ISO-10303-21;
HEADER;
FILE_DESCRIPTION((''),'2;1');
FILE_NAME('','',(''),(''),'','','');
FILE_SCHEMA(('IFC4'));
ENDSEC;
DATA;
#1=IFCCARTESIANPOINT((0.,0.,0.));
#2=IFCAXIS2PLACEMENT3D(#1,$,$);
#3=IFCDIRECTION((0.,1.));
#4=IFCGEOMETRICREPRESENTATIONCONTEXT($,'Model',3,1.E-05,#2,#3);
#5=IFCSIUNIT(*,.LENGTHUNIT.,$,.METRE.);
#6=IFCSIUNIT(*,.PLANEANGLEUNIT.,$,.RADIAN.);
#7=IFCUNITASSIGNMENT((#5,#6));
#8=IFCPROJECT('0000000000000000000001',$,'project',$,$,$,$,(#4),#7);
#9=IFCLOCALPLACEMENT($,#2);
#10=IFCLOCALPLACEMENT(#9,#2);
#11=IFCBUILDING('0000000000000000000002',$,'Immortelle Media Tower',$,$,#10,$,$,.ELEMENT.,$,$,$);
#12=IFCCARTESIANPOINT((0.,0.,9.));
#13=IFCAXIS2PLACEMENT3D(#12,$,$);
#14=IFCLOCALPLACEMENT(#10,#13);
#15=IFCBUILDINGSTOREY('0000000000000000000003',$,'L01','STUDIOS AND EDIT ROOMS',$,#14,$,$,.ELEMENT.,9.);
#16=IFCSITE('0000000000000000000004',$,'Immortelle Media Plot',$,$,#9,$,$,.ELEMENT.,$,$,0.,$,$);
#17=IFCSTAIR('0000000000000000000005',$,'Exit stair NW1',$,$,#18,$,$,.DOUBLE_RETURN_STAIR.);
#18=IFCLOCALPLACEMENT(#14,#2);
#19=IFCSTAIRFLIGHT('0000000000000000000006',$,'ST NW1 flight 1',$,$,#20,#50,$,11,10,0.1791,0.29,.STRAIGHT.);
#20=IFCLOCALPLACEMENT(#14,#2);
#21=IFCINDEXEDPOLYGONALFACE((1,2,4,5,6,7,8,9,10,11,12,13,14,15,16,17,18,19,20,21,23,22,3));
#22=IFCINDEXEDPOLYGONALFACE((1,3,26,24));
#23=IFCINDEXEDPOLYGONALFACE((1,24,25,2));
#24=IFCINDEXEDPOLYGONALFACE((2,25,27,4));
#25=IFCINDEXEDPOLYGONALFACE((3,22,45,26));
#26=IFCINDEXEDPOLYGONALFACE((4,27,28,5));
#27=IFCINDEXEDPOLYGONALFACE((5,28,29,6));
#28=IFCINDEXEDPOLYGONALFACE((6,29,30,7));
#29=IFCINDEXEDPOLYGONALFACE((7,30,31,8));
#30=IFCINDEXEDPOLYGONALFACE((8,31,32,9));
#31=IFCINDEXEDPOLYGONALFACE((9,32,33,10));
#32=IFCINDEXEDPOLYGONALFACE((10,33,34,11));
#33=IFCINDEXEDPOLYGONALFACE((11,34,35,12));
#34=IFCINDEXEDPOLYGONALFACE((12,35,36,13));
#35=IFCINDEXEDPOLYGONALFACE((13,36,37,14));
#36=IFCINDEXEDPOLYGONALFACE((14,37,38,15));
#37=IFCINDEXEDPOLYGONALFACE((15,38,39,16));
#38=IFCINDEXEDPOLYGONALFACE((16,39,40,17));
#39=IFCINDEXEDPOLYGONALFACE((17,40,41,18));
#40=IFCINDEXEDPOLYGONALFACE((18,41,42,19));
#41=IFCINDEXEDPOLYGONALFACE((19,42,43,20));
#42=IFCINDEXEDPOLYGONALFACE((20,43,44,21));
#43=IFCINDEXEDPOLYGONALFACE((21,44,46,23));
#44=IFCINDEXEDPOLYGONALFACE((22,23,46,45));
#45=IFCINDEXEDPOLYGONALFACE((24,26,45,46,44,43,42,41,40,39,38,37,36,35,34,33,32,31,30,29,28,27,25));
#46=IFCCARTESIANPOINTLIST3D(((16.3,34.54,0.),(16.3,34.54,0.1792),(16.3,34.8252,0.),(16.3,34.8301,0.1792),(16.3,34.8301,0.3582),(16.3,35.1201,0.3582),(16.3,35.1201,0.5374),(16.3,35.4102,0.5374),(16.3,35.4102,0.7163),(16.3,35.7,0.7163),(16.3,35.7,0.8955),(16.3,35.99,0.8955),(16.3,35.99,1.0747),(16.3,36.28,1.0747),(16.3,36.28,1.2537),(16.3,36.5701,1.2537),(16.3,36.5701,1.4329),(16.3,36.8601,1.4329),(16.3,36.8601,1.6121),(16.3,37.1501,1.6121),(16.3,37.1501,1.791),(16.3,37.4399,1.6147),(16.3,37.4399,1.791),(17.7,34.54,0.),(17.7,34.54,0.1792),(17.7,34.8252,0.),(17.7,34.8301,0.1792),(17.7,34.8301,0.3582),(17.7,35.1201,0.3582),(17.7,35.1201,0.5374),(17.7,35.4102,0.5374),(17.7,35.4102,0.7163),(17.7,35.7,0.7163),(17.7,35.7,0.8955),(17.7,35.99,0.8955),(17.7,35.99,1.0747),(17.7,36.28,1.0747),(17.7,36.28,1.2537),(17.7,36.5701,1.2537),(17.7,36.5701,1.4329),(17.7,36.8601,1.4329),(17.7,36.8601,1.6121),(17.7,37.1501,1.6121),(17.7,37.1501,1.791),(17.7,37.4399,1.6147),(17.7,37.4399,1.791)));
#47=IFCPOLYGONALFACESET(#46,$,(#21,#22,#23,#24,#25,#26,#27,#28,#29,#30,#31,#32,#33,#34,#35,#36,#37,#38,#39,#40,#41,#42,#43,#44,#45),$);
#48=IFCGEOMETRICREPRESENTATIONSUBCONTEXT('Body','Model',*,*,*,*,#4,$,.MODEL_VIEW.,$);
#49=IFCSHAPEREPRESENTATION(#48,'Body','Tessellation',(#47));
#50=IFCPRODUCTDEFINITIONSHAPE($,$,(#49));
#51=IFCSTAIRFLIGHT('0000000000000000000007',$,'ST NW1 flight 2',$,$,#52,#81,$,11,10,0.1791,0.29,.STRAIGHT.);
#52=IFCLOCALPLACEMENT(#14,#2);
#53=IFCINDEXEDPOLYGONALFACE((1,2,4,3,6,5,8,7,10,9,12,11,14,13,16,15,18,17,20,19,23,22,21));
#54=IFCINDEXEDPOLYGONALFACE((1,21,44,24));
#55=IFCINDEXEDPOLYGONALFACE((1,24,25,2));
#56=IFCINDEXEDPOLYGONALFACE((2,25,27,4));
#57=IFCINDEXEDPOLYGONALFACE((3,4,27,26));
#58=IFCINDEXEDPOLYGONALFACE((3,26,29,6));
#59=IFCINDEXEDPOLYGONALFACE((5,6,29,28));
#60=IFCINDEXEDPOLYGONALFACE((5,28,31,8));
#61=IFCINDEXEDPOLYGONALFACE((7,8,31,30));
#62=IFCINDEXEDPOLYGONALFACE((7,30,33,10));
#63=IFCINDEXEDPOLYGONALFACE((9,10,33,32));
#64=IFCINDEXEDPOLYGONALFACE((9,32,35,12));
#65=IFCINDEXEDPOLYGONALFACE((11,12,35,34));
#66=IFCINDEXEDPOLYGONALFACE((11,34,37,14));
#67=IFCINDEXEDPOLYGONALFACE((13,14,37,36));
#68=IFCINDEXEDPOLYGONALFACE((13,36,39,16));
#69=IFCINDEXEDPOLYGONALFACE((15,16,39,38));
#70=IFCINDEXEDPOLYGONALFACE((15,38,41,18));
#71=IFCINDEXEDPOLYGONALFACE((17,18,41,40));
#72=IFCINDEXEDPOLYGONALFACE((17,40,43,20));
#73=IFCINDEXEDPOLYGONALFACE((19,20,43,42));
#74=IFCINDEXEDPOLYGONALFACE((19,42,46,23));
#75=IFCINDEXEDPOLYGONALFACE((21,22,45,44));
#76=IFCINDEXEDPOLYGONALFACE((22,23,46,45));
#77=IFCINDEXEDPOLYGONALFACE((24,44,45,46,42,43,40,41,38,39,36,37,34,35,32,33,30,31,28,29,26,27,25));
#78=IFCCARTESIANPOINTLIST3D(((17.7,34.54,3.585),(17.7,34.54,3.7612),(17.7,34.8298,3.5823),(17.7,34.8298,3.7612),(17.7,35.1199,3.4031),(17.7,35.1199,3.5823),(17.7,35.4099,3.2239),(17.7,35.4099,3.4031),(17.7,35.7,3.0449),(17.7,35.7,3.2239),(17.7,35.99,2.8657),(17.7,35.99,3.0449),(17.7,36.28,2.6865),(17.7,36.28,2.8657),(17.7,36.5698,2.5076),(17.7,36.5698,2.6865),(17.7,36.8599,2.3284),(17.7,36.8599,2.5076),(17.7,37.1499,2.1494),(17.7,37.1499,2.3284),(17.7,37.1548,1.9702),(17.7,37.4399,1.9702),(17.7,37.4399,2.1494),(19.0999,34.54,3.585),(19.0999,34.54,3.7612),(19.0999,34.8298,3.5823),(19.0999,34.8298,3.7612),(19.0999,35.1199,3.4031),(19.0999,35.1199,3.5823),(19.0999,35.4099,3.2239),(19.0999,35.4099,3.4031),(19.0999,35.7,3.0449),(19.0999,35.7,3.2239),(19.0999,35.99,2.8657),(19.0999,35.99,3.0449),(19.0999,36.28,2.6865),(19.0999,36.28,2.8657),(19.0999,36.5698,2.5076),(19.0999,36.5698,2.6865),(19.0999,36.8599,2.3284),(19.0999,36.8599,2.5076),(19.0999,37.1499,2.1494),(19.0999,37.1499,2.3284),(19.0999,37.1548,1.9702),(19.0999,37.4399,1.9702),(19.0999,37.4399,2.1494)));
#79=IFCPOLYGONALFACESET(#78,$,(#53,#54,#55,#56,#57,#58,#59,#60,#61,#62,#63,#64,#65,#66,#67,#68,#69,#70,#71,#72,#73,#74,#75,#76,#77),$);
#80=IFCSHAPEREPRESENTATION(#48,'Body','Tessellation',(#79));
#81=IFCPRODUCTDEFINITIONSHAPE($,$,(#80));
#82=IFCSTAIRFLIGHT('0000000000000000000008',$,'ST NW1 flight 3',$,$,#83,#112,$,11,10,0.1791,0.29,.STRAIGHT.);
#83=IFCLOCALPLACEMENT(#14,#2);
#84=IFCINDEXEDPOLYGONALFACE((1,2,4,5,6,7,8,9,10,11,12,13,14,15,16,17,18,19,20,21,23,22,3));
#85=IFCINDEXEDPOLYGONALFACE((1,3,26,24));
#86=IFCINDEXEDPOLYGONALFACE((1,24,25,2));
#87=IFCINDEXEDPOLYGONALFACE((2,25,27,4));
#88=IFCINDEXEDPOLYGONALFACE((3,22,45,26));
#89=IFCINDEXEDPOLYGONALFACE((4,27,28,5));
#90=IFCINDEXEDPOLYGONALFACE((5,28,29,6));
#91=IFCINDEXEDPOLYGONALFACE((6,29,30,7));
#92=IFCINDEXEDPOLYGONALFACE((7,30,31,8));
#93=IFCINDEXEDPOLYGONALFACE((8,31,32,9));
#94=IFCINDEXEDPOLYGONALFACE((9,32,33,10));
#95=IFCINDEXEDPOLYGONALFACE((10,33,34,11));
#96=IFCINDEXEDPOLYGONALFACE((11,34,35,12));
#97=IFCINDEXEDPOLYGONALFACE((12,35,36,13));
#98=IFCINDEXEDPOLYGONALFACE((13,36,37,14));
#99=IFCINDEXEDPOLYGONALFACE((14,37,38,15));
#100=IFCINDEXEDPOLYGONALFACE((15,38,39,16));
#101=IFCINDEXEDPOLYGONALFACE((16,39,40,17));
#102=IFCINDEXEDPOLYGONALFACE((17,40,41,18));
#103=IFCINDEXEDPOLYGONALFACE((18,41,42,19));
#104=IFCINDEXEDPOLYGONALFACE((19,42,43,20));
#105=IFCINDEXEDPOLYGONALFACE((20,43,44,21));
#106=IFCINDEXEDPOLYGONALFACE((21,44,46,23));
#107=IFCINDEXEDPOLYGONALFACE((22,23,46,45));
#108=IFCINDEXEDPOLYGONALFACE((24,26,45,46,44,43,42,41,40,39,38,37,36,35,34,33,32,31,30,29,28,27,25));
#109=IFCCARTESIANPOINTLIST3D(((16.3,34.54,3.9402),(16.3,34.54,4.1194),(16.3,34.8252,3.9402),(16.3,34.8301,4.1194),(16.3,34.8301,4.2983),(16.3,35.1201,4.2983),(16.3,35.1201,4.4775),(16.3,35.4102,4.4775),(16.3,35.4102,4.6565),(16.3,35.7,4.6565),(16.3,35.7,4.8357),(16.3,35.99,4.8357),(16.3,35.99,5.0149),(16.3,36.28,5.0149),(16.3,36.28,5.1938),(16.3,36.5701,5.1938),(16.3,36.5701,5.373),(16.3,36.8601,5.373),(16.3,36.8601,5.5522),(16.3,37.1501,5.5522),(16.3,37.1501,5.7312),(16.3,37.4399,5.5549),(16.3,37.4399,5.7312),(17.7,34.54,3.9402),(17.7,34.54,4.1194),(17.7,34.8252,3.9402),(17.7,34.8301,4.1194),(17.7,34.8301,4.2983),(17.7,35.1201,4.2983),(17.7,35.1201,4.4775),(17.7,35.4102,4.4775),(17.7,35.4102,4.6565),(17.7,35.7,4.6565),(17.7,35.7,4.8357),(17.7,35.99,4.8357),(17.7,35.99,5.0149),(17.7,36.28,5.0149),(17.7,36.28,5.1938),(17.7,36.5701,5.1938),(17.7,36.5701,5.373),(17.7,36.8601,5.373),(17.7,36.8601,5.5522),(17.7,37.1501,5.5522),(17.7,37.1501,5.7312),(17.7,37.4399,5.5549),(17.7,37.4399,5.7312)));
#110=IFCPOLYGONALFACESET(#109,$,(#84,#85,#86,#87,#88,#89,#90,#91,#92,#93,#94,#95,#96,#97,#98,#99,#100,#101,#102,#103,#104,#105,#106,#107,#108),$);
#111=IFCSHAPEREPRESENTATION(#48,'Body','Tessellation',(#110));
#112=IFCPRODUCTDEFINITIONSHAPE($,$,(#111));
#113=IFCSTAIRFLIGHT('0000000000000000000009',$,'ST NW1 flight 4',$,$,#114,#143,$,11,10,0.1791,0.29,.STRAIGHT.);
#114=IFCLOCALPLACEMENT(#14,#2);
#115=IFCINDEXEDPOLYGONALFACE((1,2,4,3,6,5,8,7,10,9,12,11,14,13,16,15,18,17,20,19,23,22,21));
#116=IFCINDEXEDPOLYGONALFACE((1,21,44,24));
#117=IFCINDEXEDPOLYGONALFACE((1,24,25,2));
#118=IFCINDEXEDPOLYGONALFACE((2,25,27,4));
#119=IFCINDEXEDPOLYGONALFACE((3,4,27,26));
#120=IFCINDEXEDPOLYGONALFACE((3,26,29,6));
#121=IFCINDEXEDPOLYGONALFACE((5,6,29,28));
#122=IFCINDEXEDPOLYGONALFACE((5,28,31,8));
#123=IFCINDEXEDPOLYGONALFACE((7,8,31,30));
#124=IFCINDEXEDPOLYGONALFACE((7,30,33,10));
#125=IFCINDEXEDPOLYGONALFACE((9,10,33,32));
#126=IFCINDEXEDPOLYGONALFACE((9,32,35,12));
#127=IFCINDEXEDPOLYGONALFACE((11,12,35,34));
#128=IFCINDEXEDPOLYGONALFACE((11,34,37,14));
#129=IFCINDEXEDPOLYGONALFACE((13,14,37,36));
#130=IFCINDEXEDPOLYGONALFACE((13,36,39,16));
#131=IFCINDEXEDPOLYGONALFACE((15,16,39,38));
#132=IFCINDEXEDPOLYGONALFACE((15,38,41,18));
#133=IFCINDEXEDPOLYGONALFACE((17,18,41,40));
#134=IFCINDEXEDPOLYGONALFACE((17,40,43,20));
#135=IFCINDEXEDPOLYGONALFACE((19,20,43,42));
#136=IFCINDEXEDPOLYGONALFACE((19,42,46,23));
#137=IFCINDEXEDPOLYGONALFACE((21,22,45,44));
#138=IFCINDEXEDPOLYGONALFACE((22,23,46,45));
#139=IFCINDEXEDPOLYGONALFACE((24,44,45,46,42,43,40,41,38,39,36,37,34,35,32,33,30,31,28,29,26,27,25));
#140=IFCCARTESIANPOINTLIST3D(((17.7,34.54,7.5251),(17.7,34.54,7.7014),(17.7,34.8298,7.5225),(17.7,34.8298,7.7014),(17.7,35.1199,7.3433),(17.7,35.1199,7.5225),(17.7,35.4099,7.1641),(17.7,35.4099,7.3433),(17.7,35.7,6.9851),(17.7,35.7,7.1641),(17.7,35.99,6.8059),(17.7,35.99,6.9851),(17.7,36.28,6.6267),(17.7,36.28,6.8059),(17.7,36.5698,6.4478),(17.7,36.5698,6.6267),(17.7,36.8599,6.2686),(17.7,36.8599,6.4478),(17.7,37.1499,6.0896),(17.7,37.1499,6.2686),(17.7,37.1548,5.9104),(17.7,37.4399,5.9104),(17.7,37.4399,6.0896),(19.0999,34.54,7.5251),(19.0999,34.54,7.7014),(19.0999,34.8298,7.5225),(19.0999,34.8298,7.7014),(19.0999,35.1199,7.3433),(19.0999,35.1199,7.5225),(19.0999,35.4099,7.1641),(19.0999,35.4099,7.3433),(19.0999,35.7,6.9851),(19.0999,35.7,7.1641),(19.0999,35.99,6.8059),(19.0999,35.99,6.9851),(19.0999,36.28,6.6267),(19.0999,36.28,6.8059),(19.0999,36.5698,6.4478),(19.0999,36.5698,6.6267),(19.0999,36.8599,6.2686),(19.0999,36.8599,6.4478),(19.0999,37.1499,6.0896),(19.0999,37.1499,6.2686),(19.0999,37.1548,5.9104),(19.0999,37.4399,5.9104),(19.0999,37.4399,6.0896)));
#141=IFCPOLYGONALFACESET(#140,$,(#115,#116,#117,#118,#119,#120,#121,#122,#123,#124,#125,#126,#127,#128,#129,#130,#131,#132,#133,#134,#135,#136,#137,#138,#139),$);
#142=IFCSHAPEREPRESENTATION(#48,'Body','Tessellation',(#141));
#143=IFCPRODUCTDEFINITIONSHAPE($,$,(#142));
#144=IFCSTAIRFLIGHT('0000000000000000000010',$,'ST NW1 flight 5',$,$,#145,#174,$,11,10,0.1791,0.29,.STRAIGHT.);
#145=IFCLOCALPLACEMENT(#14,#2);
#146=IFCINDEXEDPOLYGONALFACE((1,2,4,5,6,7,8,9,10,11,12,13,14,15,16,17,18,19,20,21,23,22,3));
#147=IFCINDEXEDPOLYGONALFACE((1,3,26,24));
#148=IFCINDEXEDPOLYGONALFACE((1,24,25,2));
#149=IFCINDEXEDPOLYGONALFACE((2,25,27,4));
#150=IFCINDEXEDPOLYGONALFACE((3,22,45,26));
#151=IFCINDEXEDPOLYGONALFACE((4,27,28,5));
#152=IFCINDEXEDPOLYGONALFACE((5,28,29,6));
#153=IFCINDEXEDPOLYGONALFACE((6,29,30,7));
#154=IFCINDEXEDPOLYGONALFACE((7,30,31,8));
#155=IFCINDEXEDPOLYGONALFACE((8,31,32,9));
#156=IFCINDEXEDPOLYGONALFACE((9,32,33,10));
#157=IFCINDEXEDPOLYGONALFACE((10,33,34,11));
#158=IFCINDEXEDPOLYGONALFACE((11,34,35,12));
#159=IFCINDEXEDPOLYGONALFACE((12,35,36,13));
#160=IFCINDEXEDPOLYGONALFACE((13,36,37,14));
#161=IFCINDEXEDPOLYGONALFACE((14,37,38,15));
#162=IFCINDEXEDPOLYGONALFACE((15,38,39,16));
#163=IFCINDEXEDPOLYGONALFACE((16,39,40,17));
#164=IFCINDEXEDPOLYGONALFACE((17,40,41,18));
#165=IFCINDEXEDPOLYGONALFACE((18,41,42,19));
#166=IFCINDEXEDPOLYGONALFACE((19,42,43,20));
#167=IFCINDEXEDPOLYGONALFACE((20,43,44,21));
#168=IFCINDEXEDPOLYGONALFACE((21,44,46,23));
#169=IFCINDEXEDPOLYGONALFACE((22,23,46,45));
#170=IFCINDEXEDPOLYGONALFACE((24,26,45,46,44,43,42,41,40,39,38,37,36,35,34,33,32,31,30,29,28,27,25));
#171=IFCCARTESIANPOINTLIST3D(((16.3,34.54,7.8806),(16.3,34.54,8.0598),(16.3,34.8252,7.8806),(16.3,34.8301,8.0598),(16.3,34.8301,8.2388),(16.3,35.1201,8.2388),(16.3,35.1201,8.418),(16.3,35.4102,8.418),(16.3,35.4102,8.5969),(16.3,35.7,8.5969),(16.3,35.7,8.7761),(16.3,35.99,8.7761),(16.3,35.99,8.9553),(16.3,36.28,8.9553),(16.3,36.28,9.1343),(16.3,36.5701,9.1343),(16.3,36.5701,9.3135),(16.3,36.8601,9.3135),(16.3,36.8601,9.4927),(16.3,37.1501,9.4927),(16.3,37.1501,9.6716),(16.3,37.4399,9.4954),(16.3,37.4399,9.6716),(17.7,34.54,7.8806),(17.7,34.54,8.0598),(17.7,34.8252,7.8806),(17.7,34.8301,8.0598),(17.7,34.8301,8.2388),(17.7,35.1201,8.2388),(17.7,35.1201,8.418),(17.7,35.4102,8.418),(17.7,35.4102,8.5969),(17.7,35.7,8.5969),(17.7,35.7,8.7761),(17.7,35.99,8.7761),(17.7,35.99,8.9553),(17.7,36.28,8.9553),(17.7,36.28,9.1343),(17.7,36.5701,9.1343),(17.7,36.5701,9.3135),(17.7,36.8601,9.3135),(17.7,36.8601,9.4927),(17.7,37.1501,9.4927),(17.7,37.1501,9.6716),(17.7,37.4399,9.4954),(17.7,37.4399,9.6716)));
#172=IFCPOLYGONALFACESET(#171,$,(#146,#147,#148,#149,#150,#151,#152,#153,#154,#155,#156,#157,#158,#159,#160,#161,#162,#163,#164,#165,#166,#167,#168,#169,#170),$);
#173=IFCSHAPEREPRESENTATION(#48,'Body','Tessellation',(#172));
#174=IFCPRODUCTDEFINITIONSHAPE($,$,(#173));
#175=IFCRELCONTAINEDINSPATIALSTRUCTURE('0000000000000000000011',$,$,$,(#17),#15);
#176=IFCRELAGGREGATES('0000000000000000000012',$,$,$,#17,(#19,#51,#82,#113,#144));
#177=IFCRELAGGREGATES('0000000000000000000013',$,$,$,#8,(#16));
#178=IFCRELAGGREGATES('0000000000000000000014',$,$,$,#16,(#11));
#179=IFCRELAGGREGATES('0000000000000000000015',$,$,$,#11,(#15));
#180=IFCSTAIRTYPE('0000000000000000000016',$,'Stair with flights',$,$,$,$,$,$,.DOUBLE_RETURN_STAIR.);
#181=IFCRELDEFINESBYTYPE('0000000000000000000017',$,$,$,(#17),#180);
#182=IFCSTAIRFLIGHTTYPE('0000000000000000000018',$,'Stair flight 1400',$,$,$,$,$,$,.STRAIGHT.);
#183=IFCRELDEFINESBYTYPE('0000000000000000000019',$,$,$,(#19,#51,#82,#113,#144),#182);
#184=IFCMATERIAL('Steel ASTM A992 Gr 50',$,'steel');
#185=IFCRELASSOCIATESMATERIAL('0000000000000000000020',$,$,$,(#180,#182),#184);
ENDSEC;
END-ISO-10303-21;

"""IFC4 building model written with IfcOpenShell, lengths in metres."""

from ifc_helpers import new_model, si_unit, direction, frame, origin, place, context, subcontext, project, spatial, polyline, outline, extrude, material, type_object, element, aggregate, save


model = new_model("IFC4")

# Units and contexts
model_context = context("Model", 3, precision=1e-05, world=origin(), true_north=direction((0.0, 1.0)))
body_context = subcontext(model_context, "Body", "Model", "MODEL_VIEW")
ifc_project = project(units=[si_unit("LENGTHUNIT", "METRE"), si_unit("PLANEANGLEUNIT", "RADIAN")], contexts=[model_context])

# Site, building, storey
site_placement = place(None, origin())
site = spatial("IfcSite", under=ifc_project, at=site_placement, Name="Immortelle Media Plot", CompositionType="ELEMENT", RefElevation=0.0)
building_placement = place(site_placement, origin())
building = spatial("IfcBuilding", under=site, at=building_placement, Name="Immortelle Media Tower", CompositionType="ELEMENT")
storey_placement = place(building_placement, frame((0.0, 0.0, 9.0)))
storey = spatial("IfcBuildingStorey", under=building, at=storey_placement, Name="L01", Description="STUDIOS AND EDIT ROOMS", CompositionType="ELEMENT", Elevation=9.0)

# Shared definitions
ifc_material_1 = material(Name="Steel ASTM A992 Gr 50", Category="steel")

# Stair, stair flights
stair_type = type_object("IfcStairType", Name="Stair with flights", PredefinedType="DOUBLE_RETURN_STAIR", material=ifc_material_1)
stair_1_placement = place(storey_placement, origin())
stair_1 = element("IfcStair", 1, at=stair_1_placement, inside=storey, type_object=stair_type, Name="Exit stair NW1", PredefinedType="DOUBLE_RETURN_STAIR")
stair_flight_type = type_object("IfcStairFlightType", Name="Stair flight 1400", PredefinedType="STRAIGHT", material=ifc_material_1)
stair_flight_1_placement = place(storey_placement, frame((17.0, 34.54, 0.0), z_axis=(0.0, 0.0, 1.0), x_axis=(0.0, 1.0, 0.0)))
stair_flight_1 = element("IfcStairFlight", 2, at=stair_flight_1_placement, type_object=stair_flight_type, Name="ST NW1 flight 1", NumberOfRisers=11, NumberOfTreads=10, PredefinedType="STRAIGHT", RiserHeight=0.1791, TreadLength=0.29, context=body_context, shape_type="SweptSolid", body=[
    extrude(outline(polyline([(0.0, 0.0), (0.0, 0.1792), (0.29, 0.1792), (0.29, 0.3582), (0.5801, 0.3582), (0.5801, 0.5374), (0.8701, 0.5374), (0.8701, 0.7163), (1.1599, 0.7163), (1.1599, 0.8955), (1.45, 0.8955), (1.45, 1.0747), (1.74, 1.0747), (1.74, 1.2537), (2.03, 1.2537), (2.03, 1.4329), (2.3201, 1.4329), (2.3201, 1.6121), (2.6101, 1.6121), (2.6101, 1.791), (2.8999, 1.791), (2.8999, 1.9702), (2.8999, 1.6147), (0.2852, 0.0), (0.0, 0.0)])), frame((0.0, 0.7, 0.0), z_axis=(0.0, -1.0, 0.0), x_axis=(1.0, 0.0, 0.0)), (0.0, 0.0, 1.0), 1.3999),
])
stair_flight_2_placement = place(storey_placement, frame((18.3999, 37.4399, 1.9702), z_axis=(0.0, 0.0, 1.0), x_axis=(0.0, -1.0, 0.0)))
stair_flight_2 = element("IfcStairFlight", 3, at=stair_flight_2_placement, type_object=stair_flight_type, Name="ST NW1 flight 2", NumberOfRisers=11, NumberOfTreads=10, PredefinedType="STRAIGHT", RiserHeight=0.1791, TreadLength=0.29, context=body_context, shape_type="SweptSolid", body=[
    extrude(outline(polyline([(0.0, 0.0), (0.0, 0.1792), (0.29, 0.1792), (0.29, 0.3582), (0.5801, 0.3582), (0.5801, 0.5374), (0.8701, 0.5374), (0.8701, 0.7163), (1.1599, 0.7163), (1.1599, 0.8955), (1.45, 0.8955), (1.45, 1.0747), (1.74, 1.0747), (1.74, 1.2537), (2.03, 1.2537), (2.03, 1.4329), (2.3201, 1.4329), (2.3201, 1.6121), (2.6101, 1.6121), (2.6101, 1.791), (2.8999, 1.791), (2.8999, 1.9702), (2.8999, 1.6147), (0.2852, 0.0), (0.0, 0.0)])), frame((0.0, 0.7, 0.0), z_axis=(0.0, -1.0, 0.0), x_axis=(1.0, 0.0, 0.0)), (0.0, 0.0, 1.0), 1.3999),
])
stair_flight_3_placement = place(storey_placement, frame((17.0, 34.54, 3.9402), z_axis=(0.0, 0.0, 1.0), x_axis=(0.0, 1.0, 0.0)))
stair_flight_3 = element("IfcStairFlight", 4, at=stair_flight_3_placement, type_object=stair_flight_type, Name="ST NW1 flight 3", NumberOfRisers=11, NumberOfTreads=10, PredefinedType="STRAIGHT", RiserHeight=0.1791, TreadLength=0.29, context=body_context, shape_type="SweptSolid", body=[
    extrude(outline(polyline([(0.0, 0.0), (0.0, 0.1792), (0.29, 0.1792), (0.29, 0.3582), (0.5801, 0.3582), (0.5801, 0.5374), (0.8701, 0.5374), (0.8701, 0.7163), (1.1599, 0.7163), (1.1599, 0.8955), (1.45, 0.8955), (1.45, 1.0747), (1.74, 1.0747), (1.74, 1.2537), (2.03, 1.2537), (2.03, 1.4329), (2.3201, 1.4329), (2.3201, 1.6121), (2.6101, 1.6121), (2.6101, 1.791), (2.8999, 1.791), (2.8999, 1.9702), (2.8999, 1.6147), (0.2852, 0.0), (0.0, 0.0)])), frame((0.0, 0.7, 0.0), z_axis=(0.0, -1.0, 0.0), x_axis=(1.0, 0.0, 0.0)), (0.0, 0.0, 1.0), 1.3999),
])
stair_flight_4_placement = place(storey_placement, frame((18.3999, 37.4399, 5.9104), z_axis=(0.0, 0.0, 1.0), x_axis=(0.0, -1.0, 0.0)))
stair_flight_4 = element("IfcStairFlight", 5, at=stair_flight_4_placement, type_object=stair_flight_type, Name="ST NW1 flight 4", NumberOfRisers=11, NumberOfTreads=10, PredefinedType="STRAIGHT", RiserHeight=0.1791, TreadLength=0.29, context=body_context, shape_type="SweptSolid", body=[
    extrude(outline(polyline([(0.0, 0.0), (0.0, 0.1792), (0.29, 0.1792), (0.29, 0.3582), (0.5801, 0.3582), (0.5801, 0.5374), (0.8701, 0.5374), (0.8701, 0.7163), (1.1599, 0.7163), (1.1599, 0.8955), (1.45, 0.8955), (1.45, 1.0747), (1.74, 1.0747), (1.74, 1.2537), (2.03, 1.2537), (2.03, 1.4329), (2.3201, 1.4329), (2.3201, 1.6121), (2.6101, 1.6121), (2.6101, 1.791), (2.8999, 1.791), (2.8999, 1.9702), (2.8999, 1.6147), (0.2852, 0.0), (0.0, 0.0)])), frame((0.0, 0.7, 0.0), z_axis=(0.0, -1.0, 0.0), x_axis=(1.0, 0.0, 0.0)), (0.0, 0.0, 1.0), 1.3999),
])
stair_flight_5_placement = place(storey_placement, frame((17.0, 34.54, 7.8806), z_axis=(0.0, 0.0, 1.0), x_axis=(0.0, 1.0, 0.0)))
stair_flight_5 = element("IfcStairFlight", 6, at=stair_flight_5_placement, type_object=stair_flight_type, Name="ST NW1 flight 5", NumberOfRisers=11, NumberOfTreads=10, PredefinedType="STRAIGHT", RiserHeight=0.1791, TreadLength=0.29, context=body_context, shape_type="SweptSolid", body=[
    extrude(outline(polyline([(0.0, 0.0), (0.0, 0.1792), (0.29, 0.1792), (0.29, 0.3582), (0.5801, 0.3582), (0.5801, 0.5374), (0.8701, 0.5374), (0.8701, 0.7163), (1.1599, 0.7163), (1.1599, 0.8955), (1.45, 0.8955), (1.45, 1.0747), (1.74, 1.0747), (1.74, 1.2537), (2.03, 1.2537), (2.03, 1.4329), (2.3201, 1.4329), (2.3201, 1.6121), (2.6101, 1.6121), (2.6101, 1.791), (2.8999, 1.791), (2.8999, 1.9702), (2.8999, 1.6147), (0.2852, 0.0), (0.0, 0.0)])), frame((0.0, 0.7, 0.0), z_axis=(0.0, -1.0, 0.0), x_axis=(1.0, 0.0, 0.0)), (0.0, 0.0, 1.0), 1.3999),
])
aggregate(stair_1, [stair_flight_1, stair_flight_2, stair_flight_3, stair_flight_4, stair_flight_5])

save(model, "model.ifc")
